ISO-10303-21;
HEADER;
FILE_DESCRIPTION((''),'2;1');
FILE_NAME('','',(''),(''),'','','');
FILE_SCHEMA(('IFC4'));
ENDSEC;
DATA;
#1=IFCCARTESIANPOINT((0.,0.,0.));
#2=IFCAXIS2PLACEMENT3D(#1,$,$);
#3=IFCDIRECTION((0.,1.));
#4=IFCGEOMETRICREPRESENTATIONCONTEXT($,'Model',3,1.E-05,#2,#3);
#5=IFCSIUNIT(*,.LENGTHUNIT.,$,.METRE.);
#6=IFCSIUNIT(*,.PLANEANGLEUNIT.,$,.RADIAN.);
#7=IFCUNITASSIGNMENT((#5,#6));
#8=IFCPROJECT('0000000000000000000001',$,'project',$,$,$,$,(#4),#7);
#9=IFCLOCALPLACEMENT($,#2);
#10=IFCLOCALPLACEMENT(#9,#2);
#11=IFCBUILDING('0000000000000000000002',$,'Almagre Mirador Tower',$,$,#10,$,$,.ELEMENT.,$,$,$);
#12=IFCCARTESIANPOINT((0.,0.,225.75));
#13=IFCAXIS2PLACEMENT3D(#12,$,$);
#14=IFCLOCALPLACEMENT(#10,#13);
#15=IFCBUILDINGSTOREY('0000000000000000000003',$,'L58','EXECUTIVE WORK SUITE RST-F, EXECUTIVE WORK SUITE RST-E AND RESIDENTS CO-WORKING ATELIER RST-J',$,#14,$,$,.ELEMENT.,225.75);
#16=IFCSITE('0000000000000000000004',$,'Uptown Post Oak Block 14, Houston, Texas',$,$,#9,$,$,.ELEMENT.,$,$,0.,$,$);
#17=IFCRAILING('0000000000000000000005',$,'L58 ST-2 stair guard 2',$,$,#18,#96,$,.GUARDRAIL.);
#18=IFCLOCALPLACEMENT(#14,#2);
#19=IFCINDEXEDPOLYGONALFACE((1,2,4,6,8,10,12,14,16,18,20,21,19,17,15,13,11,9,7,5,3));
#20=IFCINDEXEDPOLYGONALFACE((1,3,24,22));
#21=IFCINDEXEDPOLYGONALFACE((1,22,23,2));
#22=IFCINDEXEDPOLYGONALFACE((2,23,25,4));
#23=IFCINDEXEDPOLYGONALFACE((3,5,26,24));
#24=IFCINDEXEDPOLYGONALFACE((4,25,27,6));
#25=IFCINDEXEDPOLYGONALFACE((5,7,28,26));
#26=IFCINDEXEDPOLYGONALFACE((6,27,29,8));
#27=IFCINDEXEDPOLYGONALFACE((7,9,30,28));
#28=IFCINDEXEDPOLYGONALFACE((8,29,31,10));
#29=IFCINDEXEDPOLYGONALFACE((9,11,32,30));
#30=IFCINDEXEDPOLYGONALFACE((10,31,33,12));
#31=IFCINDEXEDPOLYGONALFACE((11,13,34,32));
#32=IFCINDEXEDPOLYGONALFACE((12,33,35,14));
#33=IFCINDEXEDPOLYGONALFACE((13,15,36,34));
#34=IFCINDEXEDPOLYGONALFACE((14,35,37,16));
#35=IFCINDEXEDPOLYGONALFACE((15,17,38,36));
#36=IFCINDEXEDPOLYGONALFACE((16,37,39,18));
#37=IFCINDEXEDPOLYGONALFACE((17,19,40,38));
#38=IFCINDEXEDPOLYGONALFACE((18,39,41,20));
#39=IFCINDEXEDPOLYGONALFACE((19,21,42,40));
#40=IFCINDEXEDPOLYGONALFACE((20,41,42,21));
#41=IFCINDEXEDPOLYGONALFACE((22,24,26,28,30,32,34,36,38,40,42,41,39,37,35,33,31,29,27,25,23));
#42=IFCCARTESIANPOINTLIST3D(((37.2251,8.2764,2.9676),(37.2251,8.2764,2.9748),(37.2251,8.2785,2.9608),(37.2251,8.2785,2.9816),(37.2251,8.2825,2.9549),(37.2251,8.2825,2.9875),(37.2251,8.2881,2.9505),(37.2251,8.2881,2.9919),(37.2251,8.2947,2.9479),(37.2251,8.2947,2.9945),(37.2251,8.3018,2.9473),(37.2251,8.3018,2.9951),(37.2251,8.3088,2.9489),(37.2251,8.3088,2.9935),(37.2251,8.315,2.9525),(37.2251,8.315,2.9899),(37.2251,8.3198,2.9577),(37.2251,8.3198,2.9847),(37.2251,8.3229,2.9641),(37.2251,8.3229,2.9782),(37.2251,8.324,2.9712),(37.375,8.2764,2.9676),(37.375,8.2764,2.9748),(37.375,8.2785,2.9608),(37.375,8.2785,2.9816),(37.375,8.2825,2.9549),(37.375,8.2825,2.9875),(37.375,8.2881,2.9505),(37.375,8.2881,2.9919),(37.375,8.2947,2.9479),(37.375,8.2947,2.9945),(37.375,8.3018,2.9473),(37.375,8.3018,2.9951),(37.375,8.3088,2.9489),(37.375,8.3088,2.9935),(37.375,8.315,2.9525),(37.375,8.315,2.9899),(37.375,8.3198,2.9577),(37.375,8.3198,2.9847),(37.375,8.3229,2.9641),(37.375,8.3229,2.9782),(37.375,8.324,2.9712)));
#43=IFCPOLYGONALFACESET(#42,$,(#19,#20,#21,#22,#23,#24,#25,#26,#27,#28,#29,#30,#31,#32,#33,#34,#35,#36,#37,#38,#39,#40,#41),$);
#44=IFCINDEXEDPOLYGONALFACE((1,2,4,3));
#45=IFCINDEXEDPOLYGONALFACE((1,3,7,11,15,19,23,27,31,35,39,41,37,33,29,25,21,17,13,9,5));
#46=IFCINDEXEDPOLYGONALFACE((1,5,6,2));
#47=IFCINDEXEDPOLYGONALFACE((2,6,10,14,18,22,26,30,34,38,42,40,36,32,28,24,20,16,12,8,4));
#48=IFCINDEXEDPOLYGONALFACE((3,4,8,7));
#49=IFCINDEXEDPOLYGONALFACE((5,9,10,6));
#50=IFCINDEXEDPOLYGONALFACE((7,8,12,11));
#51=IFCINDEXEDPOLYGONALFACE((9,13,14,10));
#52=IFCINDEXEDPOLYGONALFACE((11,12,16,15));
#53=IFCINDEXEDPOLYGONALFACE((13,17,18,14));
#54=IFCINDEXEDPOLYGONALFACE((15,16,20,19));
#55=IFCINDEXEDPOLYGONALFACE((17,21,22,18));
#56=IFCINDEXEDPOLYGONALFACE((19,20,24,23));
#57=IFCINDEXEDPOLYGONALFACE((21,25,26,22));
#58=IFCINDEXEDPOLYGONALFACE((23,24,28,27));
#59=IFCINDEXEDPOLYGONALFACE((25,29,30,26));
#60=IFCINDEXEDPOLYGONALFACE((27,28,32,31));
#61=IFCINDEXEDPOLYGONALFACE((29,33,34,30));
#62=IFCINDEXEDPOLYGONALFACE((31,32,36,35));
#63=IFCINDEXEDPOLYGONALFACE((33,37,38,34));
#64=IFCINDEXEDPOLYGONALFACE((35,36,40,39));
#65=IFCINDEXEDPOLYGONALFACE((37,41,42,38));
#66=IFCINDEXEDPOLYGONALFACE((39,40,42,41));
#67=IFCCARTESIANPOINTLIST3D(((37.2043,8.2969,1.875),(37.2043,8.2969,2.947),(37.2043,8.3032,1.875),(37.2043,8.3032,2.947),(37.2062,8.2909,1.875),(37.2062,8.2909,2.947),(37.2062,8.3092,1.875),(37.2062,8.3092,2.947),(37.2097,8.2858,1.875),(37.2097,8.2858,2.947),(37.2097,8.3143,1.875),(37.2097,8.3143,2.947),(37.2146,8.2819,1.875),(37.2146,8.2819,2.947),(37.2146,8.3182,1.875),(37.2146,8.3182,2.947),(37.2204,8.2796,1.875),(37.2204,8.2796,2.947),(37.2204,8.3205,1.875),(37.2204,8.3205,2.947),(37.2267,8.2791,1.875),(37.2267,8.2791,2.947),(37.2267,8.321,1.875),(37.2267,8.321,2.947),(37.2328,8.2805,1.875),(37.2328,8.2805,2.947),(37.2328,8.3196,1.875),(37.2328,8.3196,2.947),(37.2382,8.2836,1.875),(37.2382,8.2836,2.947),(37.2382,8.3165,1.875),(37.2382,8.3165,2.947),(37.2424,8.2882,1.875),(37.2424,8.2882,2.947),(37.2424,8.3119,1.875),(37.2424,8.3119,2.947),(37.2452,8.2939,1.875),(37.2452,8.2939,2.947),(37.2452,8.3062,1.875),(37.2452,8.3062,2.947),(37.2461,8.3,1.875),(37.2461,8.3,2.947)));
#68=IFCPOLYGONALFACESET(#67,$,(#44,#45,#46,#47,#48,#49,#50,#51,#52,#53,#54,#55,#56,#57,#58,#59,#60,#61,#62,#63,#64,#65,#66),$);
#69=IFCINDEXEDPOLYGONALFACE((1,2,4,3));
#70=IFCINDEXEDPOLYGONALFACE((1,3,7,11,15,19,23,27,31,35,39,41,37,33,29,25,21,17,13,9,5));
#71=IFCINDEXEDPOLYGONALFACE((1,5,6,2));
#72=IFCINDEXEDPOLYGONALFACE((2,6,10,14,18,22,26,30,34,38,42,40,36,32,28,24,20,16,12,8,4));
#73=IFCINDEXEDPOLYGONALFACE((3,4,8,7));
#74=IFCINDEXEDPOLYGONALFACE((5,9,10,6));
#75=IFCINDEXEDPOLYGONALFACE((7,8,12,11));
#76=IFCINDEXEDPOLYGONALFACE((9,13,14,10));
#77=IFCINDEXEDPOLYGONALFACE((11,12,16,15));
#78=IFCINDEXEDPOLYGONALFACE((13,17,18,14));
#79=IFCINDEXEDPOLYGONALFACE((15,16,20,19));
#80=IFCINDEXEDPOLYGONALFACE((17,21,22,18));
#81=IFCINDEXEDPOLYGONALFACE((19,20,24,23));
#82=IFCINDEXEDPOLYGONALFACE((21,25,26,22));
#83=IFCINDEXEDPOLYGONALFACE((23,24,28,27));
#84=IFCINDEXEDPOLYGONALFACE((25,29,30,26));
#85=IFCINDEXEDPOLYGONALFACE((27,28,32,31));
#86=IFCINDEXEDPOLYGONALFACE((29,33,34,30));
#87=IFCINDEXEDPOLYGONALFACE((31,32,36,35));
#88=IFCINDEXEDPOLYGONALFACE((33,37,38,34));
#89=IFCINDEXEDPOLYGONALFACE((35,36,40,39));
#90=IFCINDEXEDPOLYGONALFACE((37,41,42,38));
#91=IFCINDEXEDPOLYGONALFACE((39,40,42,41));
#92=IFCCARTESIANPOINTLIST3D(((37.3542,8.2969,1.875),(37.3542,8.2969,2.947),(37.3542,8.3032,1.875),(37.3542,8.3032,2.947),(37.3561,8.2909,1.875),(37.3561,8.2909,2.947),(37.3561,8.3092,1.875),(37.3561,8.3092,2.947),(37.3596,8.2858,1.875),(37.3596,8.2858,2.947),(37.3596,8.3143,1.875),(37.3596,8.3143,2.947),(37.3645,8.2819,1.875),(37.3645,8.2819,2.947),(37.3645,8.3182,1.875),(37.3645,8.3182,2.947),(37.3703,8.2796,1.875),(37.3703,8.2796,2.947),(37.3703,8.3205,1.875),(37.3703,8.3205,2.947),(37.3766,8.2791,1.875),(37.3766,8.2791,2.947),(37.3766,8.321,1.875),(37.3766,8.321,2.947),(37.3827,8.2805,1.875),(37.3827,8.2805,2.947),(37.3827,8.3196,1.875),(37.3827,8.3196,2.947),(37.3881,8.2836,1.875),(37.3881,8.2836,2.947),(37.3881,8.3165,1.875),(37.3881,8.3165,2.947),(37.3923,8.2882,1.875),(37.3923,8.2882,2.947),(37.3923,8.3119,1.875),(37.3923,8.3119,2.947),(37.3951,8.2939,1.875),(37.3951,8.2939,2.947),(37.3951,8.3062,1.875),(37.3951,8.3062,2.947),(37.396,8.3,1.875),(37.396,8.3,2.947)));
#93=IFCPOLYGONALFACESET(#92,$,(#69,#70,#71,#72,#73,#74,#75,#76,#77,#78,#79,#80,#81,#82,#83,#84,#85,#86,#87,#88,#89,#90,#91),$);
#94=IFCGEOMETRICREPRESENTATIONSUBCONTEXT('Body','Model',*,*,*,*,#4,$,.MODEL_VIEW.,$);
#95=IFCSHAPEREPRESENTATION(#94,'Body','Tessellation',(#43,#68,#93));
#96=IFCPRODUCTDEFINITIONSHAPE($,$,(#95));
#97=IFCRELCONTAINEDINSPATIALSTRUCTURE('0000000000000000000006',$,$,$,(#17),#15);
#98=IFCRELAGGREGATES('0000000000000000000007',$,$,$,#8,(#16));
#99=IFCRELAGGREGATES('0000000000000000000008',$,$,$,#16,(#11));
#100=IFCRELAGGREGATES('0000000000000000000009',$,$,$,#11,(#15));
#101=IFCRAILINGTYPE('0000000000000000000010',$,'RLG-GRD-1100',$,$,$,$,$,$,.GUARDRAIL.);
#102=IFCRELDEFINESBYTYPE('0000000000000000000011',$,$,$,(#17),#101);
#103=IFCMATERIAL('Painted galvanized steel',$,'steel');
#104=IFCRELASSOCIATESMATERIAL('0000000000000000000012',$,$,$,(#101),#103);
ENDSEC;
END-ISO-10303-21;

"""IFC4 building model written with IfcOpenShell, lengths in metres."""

from ifc_helpers import new_model, si_unit, direction, frame, origin, origin_2d, place, context, subcontext, project, spatial, circle, extrude, material, type_object, element, save


model = new_model("IFC4")

# Units and contexts
model_context = context("Model", 3, precision=1e-05, world=origin(), true_north=direction((0.0, 1.0)))
body_context = subcontext(model_context, "Body", "Model", "MODEL_VIEW")
ifc_project = project(units=[si_unit("LENGTHUNIT", "METRE"), si_unit("PLANEANGLEUNIT", "RADIAN")], contexts=[model_context])

# Site, building, storey
site_placement = place(None, origin())
site = spatial("IfcSite", under=ifc_project, at=site_placement, Name="Uptown Post Oak Block 14, Houston, Texas", CompositionType="ELEMENT", RefElevation=0.0)
building_placement = place(site_placement, origin())
building = spatial("IfcBuilding", under=site, at=building_placement, Name="Almagre Mirador Tower", CompositionType="ELEMENT")
storey_placement = place(building_placement, frame((0.0, 0.0, 225.75)))
storey = spatial("IfcBuildingStorey", under=building, at=storey_placement, Name="L58", Description="EXECUTIVE WORK SUITE RST-F, EXECUTIVE WORK SUITE RST-E AND RESIDENTS CO-WORKING ATELIER RST-J", CompositionType="ELEMENT", Elevation=225.75)

# Railing
ifc_material_1 = material(Name="Painted galvanized steel", Category="steel")
railing_type_1 = type_object("IfcRailingType", Name="RLG-GRD-1100", PredefinedType="GUARDRAIL", material=ifc_material_1)
railing_1_placement = place(storey_placement, frame((37.2251, 8.3, 1.875)))
element("IfcRailing", 1, at=railing_1_placement, inside=storey, type_object=railing_type_1, Name="L58 ST-2 stair guard 2", PredefinedType="GUARDRAIL", context=body_context, shape_type="SweptSolid", body=[
    extrude(circle(Radius=0.0239, at=origin_2d()), frame((0.0, 0.0, 1.0962), z_axis=(1.0, 0.0, 0.0), x_axis=(0.0, 1.0, 0.0)), (0.0, 0.0, 1.0), 0.1499),
    extrude(circle(Radius=0.021, at=origin_2d()), origin(), (0.0, 0.0, 1.0), 1.072),
    extrude(circle(Radius=0.021, at=origin_2d()), frame((0.1499, 0.0, 0.0)), (0.0, 0.0, 1.0), 1.072),
])

save(model, "model.ifc")
